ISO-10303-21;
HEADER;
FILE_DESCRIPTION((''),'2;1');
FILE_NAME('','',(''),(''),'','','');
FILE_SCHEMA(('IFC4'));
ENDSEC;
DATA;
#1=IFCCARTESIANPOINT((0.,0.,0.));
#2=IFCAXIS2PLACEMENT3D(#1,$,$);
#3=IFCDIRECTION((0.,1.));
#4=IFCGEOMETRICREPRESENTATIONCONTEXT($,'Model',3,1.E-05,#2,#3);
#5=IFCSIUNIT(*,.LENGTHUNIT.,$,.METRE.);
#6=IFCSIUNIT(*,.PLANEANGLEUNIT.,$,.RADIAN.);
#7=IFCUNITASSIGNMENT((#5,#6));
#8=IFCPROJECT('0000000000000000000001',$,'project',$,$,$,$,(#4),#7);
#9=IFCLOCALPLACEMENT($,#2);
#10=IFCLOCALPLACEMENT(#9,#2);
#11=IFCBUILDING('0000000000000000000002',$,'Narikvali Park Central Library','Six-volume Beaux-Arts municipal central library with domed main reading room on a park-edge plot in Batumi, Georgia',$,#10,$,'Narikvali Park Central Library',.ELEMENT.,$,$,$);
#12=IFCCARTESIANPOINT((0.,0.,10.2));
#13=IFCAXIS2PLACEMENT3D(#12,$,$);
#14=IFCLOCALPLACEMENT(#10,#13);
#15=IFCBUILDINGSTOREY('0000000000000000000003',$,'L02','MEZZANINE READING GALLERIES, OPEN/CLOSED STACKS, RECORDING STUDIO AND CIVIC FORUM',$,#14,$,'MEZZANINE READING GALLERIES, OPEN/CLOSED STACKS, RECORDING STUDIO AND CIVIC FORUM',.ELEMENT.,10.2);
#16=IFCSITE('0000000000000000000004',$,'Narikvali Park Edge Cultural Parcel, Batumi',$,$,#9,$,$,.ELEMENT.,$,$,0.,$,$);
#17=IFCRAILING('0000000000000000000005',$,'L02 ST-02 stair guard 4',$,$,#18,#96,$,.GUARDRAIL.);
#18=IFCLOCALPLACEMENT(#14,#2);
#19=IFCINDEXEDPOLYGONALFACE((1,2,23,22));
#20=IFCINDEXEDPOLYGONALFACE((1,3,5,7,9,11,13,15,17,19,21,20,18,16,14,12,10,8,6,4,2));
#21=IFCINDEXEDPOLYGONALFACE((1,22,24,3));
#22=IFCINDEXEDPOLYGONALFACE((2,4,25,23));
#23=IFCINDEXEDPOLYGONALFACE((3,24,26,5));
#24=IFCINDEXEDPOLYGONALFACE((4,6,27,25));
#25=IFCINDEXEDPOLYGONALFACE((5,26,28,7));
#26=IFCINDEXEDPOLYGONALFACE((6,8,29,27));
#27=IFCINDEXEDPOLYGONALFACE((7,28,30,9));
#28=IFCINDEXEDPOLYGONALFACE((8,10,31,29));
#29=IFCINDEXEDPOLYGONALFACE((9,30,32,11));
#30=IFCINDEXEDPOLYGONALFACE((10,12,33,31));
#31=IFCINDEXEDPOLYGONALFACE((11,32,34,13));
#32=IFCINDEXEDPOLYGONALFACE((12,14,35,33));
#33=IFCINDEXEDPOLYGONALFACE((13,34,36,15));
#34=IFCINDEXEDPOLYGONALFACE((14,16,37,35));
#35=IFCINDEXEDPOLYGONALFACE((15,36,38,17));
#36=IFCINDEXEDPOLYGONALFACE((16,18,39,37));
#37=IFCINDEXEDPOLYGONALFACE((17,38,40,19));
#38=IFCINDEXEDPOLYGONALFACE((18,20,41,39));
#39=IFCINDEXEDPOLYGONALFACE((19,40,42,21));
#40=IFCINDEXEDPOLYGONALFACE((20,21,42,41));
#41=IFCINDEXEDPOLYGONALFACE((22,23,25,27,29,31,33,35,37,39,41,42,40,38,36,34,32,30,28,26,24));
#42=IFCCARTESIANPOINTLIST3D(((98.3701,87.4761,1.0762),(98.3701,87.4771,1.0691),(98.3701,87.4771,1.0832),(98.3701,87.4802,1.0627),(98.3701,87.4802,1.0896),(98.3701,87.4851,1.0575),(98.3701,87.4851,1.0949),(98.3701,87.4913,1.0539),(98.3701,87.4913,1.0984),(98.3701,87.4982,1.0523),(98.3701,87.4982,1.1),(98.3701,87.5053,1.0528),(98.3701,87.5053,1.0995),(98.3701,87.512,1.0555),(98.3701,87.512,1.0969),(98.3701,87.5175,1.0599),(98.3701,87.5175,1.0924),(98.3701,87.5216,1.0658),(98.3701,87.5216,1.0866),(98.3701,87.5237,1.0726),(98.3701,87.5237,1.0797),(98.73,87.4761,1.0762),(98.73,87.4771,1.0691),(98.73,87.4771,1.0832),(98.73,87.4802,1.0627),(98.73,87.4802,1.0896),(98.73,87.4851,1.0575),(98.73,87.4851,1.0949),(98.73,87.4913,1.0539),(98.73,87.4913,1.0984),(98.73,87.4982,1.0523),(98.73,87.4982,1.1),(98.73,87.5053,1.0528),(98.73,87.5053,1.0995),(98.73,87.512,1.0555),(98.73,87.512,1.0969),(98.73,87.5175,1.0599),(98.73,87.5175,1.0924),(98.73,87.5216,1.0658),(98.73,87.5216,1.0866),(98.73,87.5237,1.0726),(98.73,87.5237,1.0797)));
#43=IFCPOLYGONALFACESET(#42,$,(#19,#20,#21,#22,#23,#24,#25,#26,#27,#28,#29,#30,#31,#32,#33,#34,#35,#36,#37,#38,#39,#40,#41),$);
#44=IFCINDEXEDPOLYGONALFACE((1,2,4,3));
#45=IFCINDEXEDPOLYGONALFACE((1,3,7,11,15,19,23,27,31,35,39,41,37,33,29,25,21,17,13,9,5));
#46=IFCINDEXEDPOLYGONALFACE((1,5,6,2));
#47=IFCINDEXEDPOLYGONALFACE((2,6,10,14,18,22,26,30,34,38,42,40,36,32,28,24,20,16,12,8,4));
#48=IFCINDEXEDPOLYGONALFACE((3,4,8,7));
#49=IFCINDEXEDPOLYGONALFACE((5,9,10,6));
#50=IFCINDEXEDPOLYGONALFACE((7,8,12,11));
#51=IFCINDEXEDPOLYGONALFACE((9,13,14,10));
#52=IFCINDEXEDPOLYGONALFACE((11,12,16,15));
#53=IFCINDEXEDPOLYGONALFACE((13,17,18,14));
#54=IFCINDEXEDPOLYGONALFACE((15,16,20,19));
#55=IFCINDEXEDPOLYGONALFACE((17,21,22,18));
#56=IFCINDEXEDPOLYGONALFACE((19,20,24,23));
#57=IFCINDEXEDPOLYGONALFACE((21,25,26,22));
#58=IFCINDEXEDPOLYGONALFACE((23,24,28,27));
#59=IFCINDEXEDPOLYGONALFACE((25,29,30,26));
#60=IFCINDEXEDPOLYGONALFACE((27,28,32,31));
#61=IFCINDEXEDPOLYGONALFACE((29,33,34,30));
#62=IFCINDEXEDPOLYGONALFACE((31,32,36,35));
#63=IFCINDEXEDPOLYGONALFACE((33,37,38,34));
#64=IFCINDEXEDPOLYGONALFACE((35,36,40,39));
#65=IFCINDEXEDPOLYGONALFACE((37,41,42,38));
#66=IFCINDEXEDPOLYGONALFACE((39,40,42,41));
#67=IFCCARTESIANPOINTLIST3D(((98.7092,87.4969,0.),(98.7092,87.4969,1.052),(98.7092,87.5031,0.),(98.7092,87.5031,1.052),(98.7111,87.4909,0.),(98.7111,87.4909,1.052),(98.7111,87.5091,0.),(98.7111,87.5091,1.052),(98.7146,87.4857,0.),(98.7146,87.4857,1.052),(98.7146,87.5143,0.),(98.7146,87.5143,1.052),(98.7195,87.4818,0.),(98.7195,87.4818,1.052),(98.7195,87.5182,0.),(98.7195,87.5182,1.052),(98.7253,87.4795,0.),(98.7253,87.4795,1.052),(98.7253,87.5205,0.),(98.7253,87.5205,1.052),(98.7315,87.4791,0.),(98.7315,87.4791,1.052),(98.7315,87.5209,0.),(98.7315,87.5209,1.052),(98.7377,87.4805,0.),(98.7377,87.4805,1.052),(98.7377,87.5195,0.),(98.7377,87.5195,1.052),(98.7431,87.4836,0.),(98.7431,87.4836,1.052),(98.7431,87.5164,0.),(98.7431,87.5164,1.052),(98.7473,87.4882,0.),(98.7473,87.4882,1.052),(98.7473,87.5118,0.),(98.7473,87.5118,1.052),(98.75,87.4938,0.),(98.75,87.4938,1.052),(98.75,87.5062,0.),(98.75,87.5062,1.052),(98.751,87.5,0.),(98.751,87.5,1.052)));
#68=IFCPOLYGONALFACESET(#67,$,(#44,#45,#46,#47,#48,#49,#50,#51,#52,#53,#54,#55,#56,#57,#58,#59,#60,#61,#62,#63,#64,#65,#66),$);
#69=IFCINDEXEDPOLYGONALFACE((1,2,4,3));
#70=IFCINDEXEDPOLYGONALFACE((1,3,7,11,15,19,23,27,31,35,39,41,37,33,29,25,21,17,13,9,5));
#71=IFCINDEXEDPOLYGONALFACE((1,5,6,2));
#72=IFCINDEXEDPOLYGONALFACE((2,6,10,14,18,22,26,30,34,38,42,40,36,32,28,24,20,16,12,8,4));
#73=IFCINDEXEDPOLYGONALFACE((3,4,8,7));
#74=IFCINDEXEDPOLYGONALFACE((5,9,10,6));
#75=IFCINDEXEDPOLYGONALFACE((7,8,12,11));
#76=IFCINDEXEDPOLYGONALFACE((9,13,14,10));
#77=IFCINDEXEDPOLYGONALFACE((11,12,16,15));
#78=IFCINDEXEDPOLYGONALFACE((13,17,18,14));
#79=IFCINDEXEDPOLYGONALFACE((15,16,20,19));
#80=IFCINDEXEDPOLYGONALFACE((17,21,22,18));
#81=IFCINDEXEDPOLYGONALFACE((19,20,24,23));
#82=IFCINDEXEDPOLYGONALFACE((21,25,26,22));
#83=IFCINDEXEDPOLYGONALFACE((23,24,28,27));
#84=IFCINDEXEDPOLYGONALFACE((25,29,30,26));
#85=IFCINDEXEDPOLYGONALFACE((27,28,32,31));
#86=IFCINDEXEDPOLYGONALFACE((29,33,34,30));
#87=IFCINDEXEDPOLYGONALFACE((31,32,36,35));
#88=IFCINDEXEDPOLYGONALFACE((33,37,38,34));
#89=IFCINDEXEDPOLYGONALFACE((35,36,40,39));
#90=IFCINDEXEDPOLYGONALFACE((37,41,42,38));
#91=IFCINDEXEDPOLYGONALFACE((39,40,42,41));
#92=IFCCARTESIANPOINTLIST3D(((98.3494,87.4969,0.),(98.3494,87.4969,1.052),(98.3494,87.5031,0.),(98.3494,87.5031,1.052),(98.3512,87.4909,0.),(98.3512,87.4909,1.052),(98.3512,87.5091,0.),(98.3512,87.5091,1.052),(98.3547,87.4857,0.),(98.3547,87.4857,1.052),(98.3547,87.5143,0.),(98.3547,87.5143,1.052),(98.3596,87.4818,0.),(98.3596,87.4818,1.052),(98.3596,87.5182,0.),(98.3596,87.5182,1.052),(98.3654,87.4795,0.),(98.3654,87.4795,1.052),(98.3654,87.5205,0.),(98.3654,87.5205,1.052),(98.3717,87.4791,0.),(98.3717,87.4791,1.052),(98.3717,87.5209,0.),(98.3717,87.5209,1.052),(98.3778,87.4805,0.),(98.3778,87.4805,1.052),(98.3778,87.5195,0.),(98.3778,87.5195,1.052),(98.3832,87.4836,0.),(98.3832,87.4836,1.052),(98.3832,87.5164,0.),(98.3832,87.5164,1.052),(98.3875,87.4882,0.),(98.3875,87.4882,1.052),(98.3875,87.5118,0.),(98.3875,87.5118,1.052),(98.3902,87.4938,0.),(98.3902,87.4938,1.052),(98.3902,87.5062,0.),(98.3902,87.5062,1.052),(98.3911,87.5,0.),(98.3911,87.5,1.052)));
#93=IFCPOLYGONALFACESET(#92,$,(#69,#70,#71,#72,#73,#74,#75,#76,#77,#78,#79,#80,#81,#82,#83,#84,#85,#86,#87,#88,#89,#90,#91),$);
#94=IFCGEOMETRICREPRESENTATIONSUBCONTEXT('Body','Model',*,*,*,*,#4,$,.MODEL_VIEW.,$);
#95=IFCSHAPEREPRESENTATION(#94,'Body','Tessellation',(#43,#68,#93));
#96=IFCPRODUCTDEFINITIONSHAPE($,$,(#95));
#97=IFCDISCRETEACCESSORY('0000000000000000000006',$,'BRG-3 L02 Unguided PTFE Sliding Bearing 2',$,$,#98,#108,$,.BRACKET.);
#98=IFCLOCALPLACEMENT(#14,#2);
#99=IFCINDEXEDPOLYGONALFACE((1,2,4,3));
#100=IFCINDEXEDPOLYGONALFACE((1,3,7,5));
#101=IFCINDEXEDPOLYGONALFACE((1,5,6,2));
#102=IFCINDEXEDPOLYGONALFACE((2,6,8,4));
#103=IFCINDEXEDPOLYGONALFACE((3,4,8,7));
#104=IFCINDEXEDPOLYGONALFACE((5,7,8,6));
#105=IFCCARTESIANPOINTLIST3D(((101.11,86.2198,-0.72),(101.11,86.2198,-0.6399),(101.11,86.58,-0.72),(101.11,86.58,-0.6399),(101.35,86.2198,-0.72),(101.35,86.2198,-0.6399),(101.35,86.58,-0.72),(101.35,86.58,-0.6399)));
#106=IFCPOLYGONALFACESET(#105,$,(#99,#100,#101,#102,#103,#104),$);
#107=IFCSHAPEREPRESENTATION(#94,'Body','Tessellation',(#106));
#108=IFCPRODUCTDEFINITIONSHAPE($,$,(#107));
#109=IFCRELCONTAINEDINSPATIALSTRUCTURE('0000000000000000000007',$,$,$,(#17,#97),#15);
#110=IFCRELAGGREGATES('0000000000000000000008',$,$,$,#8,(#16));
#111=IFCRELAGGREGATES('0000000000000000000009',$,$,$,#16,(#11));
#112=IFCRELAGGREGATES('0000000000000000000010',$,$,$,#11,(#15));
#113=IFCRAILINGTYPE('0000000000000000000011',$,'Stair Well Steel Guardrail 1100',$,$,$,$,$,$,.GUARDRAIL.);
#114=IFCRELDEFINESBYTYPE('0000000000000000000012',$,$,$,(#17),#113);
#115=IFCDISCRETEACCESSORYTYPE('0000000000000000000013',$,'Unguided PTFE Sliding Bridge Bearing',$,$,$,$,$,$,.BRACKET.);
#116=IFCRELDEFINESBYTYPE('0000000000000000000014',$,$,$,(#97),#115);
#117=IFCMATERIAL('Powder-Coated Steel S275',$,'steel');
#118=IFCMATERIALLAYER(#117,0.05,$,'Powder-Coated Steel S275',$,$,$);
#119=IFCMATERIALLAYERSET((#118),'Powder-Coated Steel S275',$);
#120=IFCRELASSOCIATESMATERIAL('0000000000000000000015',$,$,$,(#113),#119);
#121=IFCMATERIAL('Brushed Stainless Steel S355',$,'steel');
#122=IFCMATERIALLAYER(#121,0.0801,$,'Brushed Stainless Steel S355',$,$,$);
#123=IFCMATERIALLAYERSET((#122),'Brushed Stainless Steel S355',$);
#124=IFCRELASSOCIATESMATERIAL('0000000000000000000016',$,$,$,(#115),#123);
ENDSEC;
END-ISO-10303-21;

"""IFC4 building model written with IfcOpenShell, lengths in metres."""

from ifc_helpers import new_model, si_unit, direction, frame, origin, origin_2d, place, context, subcontext, project, spatial, rectangle, circle, extrude, material, layer, layer_set, type_object, element, save


model = new_model("IFC4")

# Units and contexts
model_context = context("Model", 3, precision=1e-05, world=origin(), true_north=direction((0.0, 1.0)))
body_context = subcontext(model_context, "Body", "Model", "MODEL_VIEW")
ifc_project = project(units=[si_unit("LENGTHUNIT", "METRE"), si_unit("PLANEANGLEUNIT", "RADIAN")], contexts=[model_context])

# Site, building, storey
site_placement = place(None, origin())
site = spatial("IfcSite", under=ifc_project, at=site_placement, Name="Narikvali Park Edge Cultural Parcel, Batumi", CompositionType="ELEMENT", RefElevation=0.0)
building_placement = place(site_placement, origin())
building = spatial("IfcBuilding", under=site, at=building_placement, Name="Narikvali Park Central Library", Description="Six-volume Beaux-Arts municipal central library with domed main reading room on a park-edge plot in Batumi, Georgia", LongName="Narikvali Park Central Library", CompositionType="ELEMENT")
storey_placement = place(building_placement, frame((0.0, 0.0, 10.2)))
storey = spatial("IfcBuildingStorey", under=building, at=storey_placement, Name="L02", Description="MEZZANINE READING GALLERIES, OPEN/CLOSED STACKS, RECORDING STUDIO AND CIVIC FORUM", LongName="MEZZANINE READING GALLERIES, OPEN/CLOSED STACKS, RECORDING STUDIO AND CIVIC FORUM", CompositionType="ELEMENT", Elevation=10.2)

# Railing
ifc_material_1 = material(Name="Powder-Coated Steel S275", Category="steel")
ifc_layer_1 = layer(ifc_material_1, 0.05, Name="Powder-Coated Steel S275")
ifc_layer_set_1 = layer_set([ifc_layer_1], Name="Powder-Coated Steel S275")
railing_type_1 = type_object("IfcRailingType", Name="Stair Well Steel Guardrail 1100", PredefinedType="GUARDRAIL", material=ifc_layer_set_1)
railing_1_placement = place(storey_placement, frame((98.73, 87.5, 0.0)))
element("IfcRailing", 1, at=railing_1_placement, inside=storey, type_object=railing_type_1, Name="L02 ST-02 stair guard 4", PredefinedType="GUARDRAIL", context=body_context, shape_type="SweptSolid", body=[
    extrude(circle(Radius=0.0239, at=origin_2d()), frame((0.0, 0.0, 1.0762), z_axis=(-1.0, 0.0, 0.0), x_axis=(0.0, -1.0, 0.0)), (0.0, 0.0, 1.0), 0.3599),
    extrude(circle(Radius=0.021, at=origin_2d()), origin(), (0.0, 0.0, 1.0), 1.052),
    extrude(circle(Radius=0.021, at=origin_2d()), frame((-0.3599, 0.0, 0.0)), (0.0, 0.0, 1.0), 1.052),
])

# Discrete accessory
ifc_material_2 = material(Name="Brushed Stainless Steel S355", Category="steel")
ifc_layer_2 = layer(ifc_material_2, 0.0801, Name="Brushed Stainless Steel S355")
ifc_layer_set_2 = layer_set([ifc_layer_2], Name="Brushed Stainless Steel S355")
discrete_accessory_type = type_object("IfcDiscreteAccessoryType", Name="Unguided PTFE Sliding Bridge Bearing", PredefinedType="BRACKET", material=ifc_layer_set_2)
discrete_accessory_placement = place(storey_placement, frame((101.23, 86.3999, -0.72), z_axis=(0.0, 0.0, 1.0), x_axis=(1.0, 0.0, 0.0)))
element("IfcDiscreteAccessory", 2, at=discrete_accessory_placement, inside=storey, type_object=discrete_accessory_type, Name="BRG-3 L02 Unguided PTFE Sliding Bearing 2", PredefinedType="BRACKET", context=body_context, shape_type="SweptSolid", body=[
    extrude(rectangle(XDim=0.24, YDim=0.3601, at=origin_2d()), origin(), (0.0, 0.0, 1.0), 0.0801),
])

save(model, "model.ifc")
